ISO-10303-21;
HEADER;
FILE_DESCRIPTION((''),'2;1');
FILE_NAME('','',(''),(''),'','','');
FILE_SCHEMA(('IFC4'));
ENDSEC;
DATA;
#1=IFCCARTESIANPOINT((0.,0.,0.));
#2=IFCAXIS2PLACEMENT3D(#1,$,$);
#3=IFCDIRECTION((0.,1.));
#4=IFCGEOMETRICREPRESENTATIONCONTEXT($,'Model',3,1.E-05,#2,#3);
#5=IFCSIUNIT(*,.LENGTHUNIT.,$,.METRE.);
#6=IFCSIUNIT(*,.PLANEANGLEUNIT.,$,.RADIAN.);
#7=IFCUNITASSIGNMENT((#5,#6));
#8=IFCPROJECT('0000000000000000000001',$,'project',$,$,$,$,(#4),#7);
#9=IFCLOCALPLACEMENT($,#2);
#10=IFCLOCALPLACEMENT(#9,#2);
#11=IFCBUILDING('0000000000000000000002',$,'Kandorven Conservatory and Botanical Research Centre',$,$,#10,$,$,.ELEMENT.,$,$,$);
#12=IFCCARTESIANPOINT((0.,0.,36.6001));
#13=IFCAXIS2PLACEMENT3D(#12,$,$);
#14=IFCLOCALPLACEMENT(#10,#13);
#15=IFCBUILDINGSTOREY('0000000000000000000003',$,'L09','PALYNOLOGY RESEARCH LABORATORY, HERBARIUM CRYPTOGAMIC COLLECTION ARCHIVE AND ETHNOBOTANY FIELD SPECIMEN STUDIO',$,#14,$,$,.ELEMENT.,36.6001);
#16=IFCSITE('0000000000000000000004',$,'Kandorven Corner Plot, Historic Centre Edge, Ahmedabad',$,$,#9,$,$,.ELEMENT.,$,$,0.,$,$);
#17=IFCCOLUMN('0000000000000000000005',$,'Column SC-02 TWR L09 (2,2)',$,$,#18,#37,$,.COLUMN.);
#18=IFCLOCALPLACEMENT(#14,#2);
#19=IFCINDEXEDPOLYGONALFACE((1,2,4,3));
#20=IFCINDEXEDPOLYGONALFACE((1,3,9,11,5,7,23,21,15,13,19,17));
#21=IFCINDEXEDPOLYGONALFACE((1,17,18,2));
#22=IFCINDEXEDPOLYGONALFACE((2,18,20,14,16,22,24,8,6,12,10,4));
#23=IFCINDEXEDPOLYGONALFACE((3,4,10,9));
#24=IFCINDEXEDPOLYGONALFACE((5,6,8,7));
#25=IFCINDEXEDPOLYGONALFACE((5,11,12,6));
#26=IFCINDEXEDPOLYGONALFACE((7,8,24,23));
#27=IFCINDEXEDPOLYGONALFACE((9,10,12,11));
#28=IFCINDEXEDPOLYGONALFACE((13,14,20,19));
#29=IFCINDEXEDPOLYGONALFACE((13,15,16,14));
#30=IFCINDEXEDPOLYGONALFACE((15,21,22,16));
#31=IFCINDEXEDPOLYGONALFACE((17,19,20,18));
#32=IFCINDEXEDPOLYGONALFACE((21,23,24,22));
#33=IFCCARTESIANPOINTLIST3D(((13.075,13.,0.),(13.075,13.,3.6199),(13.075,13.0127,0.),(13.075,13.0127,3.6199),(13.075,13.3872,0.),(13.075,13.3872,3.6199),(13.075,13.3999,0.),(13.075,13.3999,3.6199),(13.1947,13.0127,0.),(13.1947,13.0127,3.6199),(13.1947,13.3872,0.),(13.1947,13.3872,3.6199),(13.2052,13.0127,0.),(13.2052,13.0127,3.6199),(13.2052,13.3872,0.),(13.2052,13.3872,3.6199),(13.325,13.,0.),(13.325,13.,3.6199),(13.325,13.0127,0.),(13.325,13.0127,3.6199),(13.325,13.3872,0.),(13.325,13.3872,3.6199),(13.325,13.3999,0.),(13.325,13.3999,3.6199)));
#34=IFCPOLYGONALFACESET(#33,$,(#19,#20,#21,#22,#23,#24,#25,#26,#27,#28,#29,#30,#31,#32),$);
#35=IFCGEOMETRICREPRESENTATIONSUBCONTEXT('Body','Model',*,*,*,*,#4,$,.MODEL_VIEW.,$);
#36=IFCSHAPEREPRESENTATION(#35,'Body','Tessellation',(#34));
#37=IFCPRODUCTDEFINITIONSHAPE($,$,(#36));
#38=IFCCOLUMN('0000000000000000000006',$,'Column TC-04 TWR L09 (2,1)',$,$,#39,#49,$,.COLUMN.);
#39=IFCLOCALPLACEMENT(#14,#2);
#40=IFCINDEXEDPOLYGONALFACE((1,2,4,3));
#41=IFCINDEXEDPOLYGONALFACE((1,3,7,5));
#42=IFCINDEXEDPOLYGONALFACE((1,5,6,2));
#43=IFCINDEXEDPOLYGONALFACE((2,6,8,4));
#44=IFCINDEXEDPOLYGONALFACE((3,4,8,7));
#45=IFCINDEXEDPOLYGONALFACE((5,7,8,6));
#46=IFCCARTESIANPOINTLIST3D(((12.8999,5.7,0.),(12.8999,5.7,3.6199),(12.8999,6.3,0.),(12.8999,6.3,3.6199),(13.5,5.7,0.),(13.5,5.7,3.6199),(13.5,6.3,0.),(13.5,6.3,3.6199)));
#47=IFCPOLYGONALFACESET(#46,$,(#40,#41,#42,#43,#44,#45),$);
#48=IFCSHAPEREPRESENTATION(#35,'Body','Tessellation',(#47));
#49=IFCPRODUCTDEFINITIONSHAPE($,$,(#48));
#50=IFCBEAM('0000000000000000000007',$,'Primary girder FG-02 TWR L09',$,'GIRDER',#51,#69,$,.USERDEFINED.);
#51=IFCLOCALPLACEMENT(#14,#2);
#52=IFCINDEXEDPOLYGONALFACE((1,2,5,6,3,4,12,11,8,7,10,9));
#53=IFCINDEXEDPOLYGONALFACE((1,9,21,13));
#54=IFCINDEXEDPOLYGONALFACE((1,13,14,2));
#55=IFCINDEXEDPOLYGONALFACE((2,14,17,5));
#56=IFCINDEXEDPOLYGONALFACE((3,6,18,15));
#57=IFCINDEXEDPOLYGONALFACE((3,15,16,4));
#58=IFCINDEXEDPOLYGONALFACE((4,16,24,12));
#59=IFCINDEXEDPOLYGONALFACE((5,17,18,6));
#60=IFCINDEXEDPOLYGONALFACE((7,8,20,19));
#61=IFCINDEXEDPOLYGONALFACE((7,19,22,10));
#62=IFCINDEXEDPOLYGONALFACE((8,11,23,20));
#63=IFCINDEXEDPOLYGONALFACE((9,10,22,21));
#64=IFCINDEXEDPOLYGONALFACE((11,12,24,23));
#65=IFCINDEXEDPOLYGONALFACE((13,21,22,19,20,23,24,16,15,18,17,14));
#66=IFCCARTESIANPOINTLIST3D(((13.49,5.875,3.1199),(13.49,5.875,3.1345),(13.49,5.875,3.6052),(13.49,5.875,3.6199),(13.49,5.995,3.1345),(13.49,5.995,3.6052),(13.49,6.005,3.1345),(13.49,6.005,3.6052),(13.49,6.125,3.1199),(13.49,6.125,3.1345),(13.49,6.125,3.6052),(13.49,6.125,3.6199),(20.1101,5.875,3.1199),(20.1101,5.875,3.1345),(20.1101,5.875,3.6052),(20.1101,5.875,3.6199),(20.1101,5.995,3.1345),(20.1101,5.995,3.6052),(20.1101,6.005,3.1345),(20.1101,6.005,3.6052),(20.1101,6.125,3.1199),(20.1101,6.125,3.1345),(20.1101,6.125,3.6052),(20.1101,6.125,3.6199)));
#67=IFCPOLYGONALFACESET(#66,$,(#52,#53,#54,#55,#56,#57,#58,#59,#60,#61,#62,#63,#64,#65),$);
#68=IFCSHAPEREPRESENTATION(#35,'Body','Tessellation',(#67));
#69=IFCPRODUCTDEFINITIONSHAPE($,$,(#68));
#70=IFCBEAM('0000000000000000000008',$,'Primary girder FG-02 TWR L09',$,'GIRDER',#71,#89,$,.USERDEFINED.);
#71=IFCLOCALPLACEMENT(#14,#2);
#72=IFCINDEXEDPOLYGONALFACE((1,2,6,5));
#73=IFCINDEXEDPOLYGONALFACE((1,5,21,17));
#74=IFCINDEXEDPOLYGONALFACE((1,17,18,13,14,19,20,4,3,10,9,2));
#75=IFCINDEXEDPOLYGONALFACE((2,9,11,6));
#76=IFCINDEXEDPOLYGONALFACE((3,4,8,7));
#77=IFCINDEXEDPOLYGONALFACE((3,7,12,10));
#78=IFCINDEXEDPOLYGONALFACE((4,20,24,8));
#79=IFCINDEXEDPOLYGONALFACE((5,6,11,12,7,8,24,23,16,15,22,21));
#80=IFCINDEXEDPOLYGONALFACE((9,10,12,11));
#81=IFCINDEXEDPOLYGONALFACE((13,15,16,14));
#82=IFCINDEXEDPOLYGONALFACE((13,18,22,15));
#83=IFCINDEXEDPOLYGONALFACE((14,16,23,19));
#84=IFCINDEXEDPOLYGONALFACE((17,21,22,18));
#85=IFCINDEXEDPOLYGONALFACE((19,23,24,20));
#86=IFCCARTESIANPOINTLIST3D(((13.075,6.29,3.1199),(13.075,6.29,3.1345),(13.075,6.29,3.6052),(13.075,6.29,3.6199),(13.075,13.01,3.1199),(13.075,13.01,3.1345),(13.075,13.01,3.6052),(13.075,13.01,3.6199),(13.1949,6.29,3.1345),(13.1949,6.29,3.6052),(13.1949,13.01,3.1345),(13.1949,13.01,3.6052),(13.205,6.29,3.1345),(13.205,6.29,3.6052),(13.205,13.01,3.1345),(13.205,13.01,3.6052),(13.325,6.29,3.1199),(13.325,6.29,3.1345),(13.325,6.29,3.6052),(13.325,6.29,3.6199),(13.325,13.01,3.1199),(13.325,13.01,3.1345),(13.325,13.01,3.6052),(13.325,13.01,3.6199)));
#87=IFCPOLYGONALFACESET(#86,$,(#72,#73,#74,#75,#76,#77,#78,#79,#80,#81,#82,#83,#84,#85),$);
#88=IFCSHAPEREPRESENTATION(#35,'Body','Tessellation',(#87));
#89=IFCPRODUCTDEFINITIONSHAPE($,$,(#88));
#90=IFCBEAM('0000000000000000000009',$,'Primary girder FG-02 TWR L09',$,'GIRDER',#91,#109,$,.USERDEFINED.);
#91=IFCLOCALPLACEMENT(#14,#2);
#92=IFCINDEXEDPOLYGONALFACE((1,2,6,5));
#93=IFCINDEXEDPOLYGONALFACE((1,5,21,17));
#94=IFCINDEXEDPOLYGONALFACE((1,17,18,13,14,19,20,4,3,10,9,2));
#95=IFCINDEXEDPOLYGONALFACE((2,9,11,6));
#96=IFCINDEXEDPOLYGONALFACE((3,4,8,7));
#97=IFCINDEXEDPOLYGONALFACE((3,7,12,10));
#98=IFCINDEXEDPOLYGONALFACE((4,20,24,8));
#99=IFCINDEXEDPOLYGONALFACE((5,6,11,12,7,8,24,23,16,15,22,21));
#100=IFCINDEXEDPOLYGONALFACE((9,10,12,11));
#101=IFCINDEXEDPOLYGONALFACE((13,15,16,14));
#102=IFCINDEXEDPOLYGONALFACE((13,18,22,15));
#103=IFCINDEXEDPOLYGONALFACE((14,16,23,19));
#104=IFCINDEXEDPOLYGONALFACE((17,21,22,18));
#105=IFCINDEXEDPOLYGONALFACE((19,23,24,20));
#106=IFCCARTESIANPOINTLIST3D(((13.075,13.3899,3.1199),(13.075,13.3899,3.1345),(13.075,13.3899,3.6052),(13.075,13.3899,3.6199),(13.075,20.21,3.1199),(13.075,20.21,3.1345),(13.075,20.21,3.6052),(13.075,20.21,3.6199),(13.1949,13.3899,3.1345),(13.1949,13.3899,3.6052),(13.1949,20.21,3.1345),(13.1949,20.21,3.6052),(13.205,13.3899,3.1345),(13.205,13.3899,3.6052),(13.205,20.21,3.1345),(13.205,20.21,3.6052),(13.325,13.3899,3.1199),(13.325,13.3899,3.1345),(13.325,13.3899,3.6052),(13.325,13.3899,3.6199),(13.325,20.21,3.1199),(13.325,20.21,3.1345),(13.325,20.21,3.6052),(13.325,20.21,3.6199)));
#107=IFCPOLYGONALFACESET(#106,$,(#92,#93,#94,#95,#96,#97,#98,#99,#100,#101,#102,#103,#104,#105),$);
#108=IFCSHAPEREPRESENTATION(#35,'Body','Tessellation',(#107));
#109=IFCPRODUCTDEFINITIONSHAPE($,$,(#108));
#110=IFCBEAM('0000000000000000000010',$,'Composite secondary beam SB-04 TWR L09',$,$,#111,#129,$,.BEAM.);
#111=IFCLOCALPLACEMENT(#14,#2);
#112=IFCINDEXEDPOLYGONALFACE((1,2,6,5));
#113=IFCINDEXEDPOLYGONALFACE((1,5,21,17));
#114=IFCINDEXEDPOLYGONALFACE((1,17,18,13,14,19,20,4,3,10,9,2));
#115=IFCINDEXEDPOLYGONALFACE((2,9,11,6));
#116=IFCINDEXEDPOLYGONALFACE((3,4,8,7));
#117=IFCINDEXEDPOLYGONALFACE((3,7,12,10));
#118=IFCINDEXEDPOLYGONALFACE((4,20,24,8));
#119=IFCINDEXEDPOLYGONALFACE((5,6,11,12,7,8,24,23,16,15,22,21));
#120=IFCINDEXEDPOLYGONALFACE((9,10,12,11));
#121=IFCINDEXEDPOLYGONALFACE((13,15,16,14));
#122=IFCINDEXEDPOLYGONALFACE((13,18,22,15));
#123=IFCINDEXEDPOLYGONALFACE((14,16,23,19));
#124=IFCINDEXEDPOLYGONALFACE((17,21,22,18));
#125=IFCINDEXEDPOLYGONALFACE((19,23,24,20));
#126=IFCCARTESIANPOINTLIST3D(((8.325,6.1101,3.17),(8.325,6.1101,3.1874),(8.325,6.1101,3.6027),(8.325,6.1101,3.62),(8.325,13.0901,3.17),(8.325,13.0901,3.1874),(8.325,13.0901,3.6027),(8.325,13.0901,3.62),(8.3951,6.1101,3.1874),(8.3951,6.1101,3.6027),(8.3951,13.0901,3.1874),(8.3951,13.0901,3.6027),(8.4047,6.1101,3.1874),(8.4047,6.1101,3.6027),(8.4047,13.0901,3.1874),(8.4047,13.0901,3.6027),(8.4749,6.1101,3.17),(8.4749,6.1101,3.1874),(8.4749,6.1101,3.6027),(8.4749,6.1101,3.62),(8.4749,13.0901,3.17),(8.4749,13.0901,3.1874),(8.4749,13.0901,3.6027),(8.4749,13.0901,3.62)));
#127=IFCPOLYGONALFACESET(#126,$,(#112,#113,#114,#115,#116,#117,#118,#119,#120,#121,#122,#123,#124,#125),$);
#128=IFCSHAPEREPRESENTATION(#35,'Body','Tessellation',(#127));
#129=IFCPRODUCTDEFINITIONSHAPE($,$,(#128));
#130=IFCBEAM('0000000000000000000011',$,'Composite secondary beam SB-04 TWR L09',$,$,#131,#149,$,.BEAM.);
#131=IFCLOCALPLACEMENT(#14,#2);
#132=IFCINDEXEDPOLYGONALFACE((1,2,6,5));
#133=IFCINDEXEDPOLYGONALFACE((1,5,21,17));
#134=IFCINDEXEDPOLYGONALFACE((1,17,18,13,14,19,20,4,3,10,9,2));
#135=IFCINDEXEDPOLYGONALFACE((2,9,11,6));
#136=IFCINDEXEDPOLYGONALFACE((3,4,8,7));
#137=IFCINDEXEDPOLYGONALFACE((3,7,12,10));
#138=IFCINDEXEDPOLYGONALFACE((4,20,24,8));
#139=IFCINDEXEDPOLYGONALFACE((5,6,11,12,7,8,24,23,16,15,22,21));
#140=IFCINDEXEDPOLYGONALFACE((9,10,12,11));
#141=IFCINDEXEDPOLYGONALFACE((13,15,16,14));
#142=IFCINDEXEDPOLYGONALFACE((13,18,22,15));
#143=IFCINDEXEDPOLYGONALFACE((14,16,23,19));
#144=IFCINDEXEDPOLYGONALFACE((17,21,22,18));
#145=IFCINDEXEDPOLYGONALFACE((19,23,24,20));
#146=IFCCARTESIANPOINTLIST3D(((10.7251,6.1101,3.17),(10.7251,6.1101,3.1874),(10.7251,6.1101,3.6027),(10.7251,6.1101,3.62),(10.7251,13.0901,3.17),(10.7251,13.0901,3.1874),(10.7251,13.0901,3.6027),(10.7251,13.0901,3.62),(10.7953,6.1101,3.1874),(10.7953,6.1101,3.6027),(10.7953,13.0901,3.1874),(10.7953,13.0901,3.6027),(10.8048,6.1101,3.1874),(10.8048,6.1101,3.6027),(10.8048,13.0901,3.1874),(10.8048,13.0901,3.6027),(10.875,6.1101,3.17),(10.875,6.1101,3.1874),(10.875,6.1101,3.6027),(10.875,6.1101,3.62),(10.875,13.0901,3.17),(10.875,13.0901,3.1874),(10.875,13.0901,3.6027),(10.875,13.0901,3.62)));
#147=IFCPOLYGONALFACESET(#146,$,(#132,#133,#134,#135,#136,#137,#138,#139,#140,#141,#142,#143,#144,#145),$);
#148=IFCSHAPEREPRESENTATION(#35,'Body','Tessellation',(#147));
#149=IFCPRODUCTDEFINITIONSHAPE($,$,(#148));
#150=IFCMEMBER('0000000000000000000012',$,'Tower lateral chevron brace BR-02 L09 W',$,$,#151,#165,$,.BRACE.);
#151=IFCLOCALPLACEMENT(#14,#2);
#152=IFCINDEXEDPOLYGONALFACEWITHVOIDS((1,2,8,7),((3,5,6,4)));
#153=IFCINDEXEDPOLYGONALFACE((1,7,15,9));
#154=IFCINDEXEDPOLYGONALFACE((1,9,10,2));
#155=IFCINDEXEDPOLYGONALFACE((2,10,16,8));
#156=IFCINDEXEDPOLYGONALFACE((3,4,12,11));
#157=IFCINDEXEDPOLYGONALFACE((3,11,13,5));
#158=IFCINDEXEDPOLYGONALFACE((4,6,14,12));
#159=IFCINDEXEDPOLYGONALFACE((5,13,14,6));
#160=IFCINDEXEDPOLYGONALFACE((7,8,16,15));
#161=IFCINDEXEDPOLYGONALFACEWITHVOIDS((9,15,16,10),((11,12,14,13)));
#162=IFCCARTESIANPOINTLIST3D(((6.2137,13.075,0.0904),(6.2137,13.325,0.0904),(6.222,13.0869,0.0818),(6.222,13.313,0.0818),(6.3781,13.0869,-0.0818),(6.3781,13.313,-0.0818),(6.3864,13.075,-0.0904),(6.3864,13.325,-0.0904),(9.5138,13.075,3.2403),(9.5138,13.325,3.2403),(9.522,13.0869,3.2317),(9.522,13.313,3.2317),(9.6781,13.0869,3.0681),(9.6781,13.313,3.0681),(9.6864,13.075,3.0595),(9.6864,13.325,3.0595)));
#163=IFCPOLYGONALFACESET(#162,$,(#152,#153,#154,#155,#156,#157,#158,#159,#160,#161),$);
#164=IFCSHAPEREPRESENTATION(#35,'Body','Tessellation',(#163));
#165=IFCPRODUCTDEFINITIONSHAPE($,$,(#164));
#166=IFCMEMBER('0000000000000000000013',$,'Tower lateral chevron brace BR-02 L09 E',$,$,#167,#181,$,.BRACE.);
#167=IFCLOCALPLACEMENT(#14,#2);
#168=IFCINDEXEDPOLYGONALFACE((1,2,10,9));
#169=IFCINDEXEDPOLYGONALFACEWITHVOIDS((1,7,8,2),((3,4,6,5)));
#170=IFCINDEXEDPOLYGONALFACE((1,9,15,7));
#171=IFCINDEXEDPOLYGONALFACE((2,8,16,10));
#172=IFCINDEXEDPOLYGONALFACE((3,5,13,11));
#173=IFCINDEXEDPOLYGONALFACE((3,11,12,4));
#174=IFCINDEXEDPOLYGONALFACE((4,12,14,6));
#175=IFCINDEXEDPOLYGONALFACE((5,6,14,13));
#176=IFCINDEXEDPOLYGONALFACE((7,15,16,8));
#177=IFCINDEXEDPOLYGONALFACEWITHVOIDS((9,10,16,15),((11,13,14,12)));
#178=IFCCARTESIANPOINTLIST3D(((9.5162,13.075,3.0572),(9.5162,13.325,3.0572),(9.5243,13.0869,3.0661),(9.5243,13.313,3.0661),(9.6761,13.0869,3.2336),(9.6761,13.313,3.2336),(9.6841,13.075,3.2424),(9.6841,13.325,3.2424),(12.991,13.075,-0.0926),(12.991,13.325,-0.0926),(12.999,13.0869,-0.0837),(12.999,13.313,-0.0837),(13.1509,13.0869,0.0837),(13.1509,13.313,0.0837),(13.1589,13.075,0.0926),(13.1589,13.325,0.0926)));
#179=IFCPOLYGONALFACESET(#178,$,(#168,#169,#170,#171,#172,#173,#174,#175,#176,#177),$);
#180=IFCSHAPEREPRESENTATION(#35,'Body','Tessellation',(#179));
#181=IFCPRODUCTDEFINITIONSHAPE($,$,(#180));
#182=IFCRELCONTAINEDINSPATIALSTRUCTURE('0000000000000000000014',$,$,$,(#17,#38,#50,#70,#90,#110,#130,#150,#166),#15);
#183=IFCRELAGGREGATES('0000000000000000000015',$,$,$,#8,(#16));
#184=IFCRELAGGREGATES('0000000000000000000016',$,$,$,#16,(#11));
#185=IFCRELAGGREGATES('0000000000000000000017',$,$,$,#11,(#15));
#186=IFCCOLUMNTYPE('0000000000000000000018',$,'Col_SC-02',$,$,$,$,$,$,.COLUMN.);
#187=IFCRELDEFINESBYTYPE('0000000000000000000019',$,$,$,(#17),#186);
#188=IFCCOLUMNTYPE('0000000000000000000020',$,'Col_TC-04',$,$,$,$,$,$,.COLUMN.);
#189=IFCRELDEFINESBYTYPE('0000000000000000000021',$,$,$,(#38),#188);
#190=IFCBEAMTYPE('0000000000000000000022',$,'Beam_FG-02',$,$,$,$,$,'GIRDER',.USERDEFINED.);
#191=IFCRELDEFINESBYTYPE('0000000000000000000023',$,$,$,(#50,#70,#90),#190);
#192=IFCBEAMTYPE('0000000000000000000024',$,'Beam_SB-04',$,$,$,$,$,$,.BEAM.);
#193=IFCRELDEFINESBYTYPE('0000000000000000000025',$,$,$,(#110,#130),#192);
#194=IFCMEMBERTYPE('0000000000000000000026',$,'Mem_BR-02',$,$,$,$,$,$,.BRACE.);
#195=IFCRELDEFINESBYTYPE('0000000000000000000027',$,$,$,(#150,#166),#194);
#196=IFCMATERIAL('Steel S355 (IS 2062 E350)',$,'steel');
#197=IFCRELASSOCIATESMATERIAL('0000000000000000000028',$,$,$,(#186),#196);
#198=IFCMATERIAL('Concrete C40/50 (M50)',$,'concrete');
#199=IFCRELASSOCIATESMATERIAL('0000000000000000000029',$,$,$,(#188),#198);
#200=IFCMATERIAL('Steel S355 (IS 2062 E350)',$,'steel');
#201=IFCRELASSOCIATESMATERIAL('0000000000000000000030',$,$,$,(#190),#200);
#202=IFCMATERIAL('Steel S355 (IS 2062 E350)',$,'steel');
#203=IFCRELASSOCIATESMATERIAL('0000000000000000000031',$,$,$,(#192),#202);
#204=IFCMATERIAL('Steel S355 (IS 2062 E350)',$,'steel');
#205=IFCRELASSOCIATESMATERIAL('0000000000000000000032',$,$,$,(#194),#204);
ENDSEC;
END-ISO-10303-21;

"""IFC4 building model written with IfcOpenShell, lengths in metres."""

from ifc_helpers import new_model, si_unit, direction, frame, origin, origin_2d, place, context, subcontext, project, spatial, rectangle, hollow_rectangle, i_section, extrude, material, material_profile, profile_set, type_object, element, save


model = new_model("IFC4")

# Units and contexts
model_context = context("Model", 3, precision=1e-05, world=origin(), true_north=direction((0.0, 1.0)))
body_context = subcontext(model_context, "Body", "Model", "MODEL_VIEW")
ifc_project = project(units=[si_unit("LENGTHUNIT", "METRE"), si_unit("PLANEANGLEUNIT", "RADIAN")], contexts=[model_context])

# Site, building, storey
site_placement = place(None, origin())
site = spatial("IfcSite", under=ifc_project, at=site_placement, Name="Kandorven Corner Plot, Historic Centre Edge, Ahmedabad", CompositionType="ELEMENT", RefElevation=0.0)
building_placement = place(site_placement, origin())
building = spatial("IfcBuilding", under=site, at=building_placement, Name="Kandorven Conservatory and Botanical Research Centre", CompositionType="ELEMENT")
storey_placement = place(building_placement, frame((0.0, 0.0, 36.6001)))
storey = spatial("IfcBuildingStorey", under=building, at=storey_placement, Name="L09", Description="PALYNOLOGY RESEARCH LABORATORY, HERBARIUM CRYPTOGAMIC COLLECTION ARCHIVE AND ETHNOBOTANY FIELD SPECIMEN STUDIO", CompositionType="ELEMENT", Elevation=36.6001)

# Columns
ifc_material_1 = material(Name="Steel S355 (IS 2062 E350)", Category="steel")
ifc_material_profile_1 = material_profile(ifc_material_1, i_section(OverallWidth=0.25, OverallDepth=0.3999, WebThickness=0.0105, FlangeThickness=0.0127, at=origin_2d()))
ifc_profile_set_1 = profile_set([ifc_material_profile_1], Name="Steel S355 (IS 2062 E350)")
column_type_1 = type_object("IfcColumnType", Name="Col_SC-02", PredefinedType="COLUMN", material=ifc_profile_set_1)
column_1_placement = place(storey_placement, frame((13.2, 13.2, 0.0), z_axis=(0.0, 0.0, 1.0), x_axis=(1.0, 0.0, 0.0)))
element("IfcColumn", 1, at=column_1_placement, inside=storey, type_object=column_type_1, Name="Column SC-02 TWR L09 (2,2)", PredefinedType="COLUMN", context=body_context, shape_type="SweptSolid", body=[
    extrude(i_section(OverallWidth=0.25, OverallDepth=0.3999, WebThickness=0.0105, FlangeThickness=0.0127, at=origin_2d()), origin(), (0.0, 0.0, 1.0), 3.6199),
])
ifc_material_2 = material(Name="Concrete C40/50 (M50)", Category="concrete")
ifc_material_profile_2 = material_profile(ifc_material_2, rectangle(XDim=0.6001, YDim=0.6001, at=origin_2d()))
ifc_profile_set_2 = profile_set([ifc_material_profile_2], Name="Concrete C40/50 (M50)")
column_type_2 = type_object("IfcColumnType", Name="Col_TC-04", PredefinedType="COLUMN", material=ifc_profile_set_2)
column_2_placement = place(storey_placement, frame((13.2, 6.0, 0.0), z_axis=(0.0, 0.0, 1.0), x_axis=(1.0, 0.0, 0.0)))
element("IfcColumn", 2, at=column_2_placement, inside=storey, type_object=column_type_2, Name="Column TC-04 TWR L09 (2,1)", PredefinedType="COLUMN", context=body_context, shape_type="SweptSolid", body=[
    extrude(rectangle(XDim=0.6001, YDim=0.6001, at=origin_2d()), origin(), (0.0, 0.0, 1.0), 3.6199),
])

# Beams
ifc_material_3 = material(Name="Steel S355 (IS 2062 E350)", Category="steel")
ifc_material_profile_3 = material_profile(ifc_material_3, i_section(OverallWidth=0.25, OverallDepth=0.5, WebThickness=0.01, FlangeThickness=0.0146, at=origin_2d()))
ifc_profile_set_3 = profile_set([ifc_material_profile_3], Name="Steel S355 (IS 2062 E350)")
beam_type_1 = type_object("IfcBeamType", Name="Beam_FG-02", ElementType="GIRDER", PredefinedType="USERDEFINED", material=ifc_profile_set_3)
beam_1_placement = place(storey_placement, frame((13.49, 6.0, 3.3699), z_axis=(1.0, 0.0, 0.0), x_axis=(0.0, 1.0, 0.0)))
element("IfcBeam", 3, at=beam_1_placement, inside=storey, type_object=beam_type_1, Name="Primary girder FG-02 TWR L09", ObjectType="GIRDER", PredefinedType="USERDEFINED", context=body_context, shape_type="SweptSolid", body=[
    extrude(i_section(OverallWidth=0.25, OverallDepth=0.5, WebThickness=0.01, FlangeThickness=0.0146, at=origin_2d()), origin(), (0.0, 0.0, 1.0), 6.6201),
])
beam_2_placement = place(storey_placement, frame((13.2, 6.29, 3.3699), z_axis=(0.0, 1.0, 0.0), x_axis=(-1.0, 0.0, 0.0)))
element("IfcBeam", 4, at=beam_2_placement, inside=storey, type_object=beam_type_1, Name="Primary girder FG-02 TWR L09", ObjectType="GIRDER", PredefinedType="USERDEFINED", context=body_context, shape_type="SweptSolid", body=[
    extrude(i_section(OverallWidth=0.25, OverallDepth=0.5, WebThickness=0.01, FlangeThickness=0.0146, at=origin_2d()), origin(), (0.0, 0.0, 1.0), 6.72),
])
beam_3_placement = place(storey_placement, frame((13.2, 13.3899, 3.3699), z_axis=(0.0, 1.0, 0.0), x_axis=(-1.0, 0.0, 0.0)))
element("IfcBeam", 5, at=beam_3_placement, inside=storey, type_object=beam_type_1, Name="Primary girder FG-02 TWR L09", ObjectType="GIRDER", PredefinedType="USERDEFINED", context=body_context, shape_type="SweptSolid", body=[
    extrude(i_section(OverallWidth=0.25, OverallDepth=0.5, WebThickness=0.01, FlangeThickness=0.0146, at=origin_2d()), origin(), (0.0, 0.0, 1.0), 6.8201),
])
ifc_material_4 = material(Name="Steel S355 (IS 2062 E350)", Category="steel")
ifc_material_profile_4 = material_profile(ifc_material_4, i_section(OverallWidth=0.1499, OverallDepth=0.45, WebThickness=0.0095, FlangeThickness=0.0173, at=origin_2d()))
ifc_profile_set_4 = profile_set([ifc_material_profile_4], Name="Steel S355 (IS 2062 E350)")
beam_type_2 = type_object("IfcBeamType", Name="Beam_SB-04", PredefinedType="BEAM", material=ifc_profile_set_4)
for number, where, z_axis, x_axis, name in (
    (6, (8.3999, 6.1101, 3.395), (0.0, 1.0, 0.0), (-1.0, 0.0, 0.0), "Composite secondary beam SB-04 TWR L09"),
    (7, (10.8, 6.1101, 3.395), (0.0, 1.0, 0.0), (-1.0, 0.0, 0.0), "Composite secondary beam SB-04 TWR L09"),
):
    element("IfcBeam", number, at=place(storey_placement, frame(where, z_axis=z_axis, x_axis=x_axis)), inside=storey, type_object=beam_type_2, Name=name, PredefinedType="BEAM", context=body_context, shape_type="SweptSolid", body=[
        extrude(i_section(OverallWidth=0.1499, OverallDepth=0.45, WebThickness=0.0095, FlangeThickness=0.0173, at=origin_2d()), origin(), (0.0, 0.0, 1.0), 6.98),
    ])

# Members
ifc_material_5 = material(Name="Steel S355 (IS 2062 E350)", Category="steel")
ifc_material_profile_5 = material_profile(ifc_material_5, hollow_rectangle(XDim=0.25, YDim=0.25, WallThickness=0.012, at=origin_2d()))
ifc_profile_set_5 = profile_set([ifc_material_profile_5], Name="Steel S355 (IS 2062 E350)")
member_type_1 = type_object("IfcMemberType", Name="Mem_BR-02", PredefinedType="BRACE", material=ifc_profile_set_5)
member_1_placement = place(storey_placement, frame((6.3, 13.2, 0.0), z_axis=(0.723371, 0.0, 0.690459), x_axis=(0.0, 1.0, 0.0)))
element("IfcMember", 8, at=member_1_placement, inside=storey, type_object=member_type_1, Name="Tower lateral chevron brace BR-02 L09 W", PredefinedType="BRACE", context=body_context, shape_type="SweptSolid", body=[
    extrude(hollow_rectangle(XDim=0.25, YDim=0.25, WallThickness=0.012, at=origin_2d()), origin(), (0.0, 0.0, 1.0), 4.562),
])
member_2_placement = place(storey_placement, frame((13.075, 13.2, 0.0), z_axis=(-0.7409, 0.0, 0.671615), x_axis=(0.0, -1.0, 0.0)))
element("IfcMember", 9, at=member_2_placement, inside=storey, type_object=member_type_1, Name="Tower lateral chevron brace BR-02 L09 E", PredefinedType="BRACE", context=body_context, shape_type="SweptSolid", body=[
    extrude(hollow_rectangle(XDim=0.25, YDim=0.25, WallThickness=0.012, at=origin_2d()), origin(), (0.0, 0.0, 1.0), 4.6899),
])

save(model, "model.ifc")
